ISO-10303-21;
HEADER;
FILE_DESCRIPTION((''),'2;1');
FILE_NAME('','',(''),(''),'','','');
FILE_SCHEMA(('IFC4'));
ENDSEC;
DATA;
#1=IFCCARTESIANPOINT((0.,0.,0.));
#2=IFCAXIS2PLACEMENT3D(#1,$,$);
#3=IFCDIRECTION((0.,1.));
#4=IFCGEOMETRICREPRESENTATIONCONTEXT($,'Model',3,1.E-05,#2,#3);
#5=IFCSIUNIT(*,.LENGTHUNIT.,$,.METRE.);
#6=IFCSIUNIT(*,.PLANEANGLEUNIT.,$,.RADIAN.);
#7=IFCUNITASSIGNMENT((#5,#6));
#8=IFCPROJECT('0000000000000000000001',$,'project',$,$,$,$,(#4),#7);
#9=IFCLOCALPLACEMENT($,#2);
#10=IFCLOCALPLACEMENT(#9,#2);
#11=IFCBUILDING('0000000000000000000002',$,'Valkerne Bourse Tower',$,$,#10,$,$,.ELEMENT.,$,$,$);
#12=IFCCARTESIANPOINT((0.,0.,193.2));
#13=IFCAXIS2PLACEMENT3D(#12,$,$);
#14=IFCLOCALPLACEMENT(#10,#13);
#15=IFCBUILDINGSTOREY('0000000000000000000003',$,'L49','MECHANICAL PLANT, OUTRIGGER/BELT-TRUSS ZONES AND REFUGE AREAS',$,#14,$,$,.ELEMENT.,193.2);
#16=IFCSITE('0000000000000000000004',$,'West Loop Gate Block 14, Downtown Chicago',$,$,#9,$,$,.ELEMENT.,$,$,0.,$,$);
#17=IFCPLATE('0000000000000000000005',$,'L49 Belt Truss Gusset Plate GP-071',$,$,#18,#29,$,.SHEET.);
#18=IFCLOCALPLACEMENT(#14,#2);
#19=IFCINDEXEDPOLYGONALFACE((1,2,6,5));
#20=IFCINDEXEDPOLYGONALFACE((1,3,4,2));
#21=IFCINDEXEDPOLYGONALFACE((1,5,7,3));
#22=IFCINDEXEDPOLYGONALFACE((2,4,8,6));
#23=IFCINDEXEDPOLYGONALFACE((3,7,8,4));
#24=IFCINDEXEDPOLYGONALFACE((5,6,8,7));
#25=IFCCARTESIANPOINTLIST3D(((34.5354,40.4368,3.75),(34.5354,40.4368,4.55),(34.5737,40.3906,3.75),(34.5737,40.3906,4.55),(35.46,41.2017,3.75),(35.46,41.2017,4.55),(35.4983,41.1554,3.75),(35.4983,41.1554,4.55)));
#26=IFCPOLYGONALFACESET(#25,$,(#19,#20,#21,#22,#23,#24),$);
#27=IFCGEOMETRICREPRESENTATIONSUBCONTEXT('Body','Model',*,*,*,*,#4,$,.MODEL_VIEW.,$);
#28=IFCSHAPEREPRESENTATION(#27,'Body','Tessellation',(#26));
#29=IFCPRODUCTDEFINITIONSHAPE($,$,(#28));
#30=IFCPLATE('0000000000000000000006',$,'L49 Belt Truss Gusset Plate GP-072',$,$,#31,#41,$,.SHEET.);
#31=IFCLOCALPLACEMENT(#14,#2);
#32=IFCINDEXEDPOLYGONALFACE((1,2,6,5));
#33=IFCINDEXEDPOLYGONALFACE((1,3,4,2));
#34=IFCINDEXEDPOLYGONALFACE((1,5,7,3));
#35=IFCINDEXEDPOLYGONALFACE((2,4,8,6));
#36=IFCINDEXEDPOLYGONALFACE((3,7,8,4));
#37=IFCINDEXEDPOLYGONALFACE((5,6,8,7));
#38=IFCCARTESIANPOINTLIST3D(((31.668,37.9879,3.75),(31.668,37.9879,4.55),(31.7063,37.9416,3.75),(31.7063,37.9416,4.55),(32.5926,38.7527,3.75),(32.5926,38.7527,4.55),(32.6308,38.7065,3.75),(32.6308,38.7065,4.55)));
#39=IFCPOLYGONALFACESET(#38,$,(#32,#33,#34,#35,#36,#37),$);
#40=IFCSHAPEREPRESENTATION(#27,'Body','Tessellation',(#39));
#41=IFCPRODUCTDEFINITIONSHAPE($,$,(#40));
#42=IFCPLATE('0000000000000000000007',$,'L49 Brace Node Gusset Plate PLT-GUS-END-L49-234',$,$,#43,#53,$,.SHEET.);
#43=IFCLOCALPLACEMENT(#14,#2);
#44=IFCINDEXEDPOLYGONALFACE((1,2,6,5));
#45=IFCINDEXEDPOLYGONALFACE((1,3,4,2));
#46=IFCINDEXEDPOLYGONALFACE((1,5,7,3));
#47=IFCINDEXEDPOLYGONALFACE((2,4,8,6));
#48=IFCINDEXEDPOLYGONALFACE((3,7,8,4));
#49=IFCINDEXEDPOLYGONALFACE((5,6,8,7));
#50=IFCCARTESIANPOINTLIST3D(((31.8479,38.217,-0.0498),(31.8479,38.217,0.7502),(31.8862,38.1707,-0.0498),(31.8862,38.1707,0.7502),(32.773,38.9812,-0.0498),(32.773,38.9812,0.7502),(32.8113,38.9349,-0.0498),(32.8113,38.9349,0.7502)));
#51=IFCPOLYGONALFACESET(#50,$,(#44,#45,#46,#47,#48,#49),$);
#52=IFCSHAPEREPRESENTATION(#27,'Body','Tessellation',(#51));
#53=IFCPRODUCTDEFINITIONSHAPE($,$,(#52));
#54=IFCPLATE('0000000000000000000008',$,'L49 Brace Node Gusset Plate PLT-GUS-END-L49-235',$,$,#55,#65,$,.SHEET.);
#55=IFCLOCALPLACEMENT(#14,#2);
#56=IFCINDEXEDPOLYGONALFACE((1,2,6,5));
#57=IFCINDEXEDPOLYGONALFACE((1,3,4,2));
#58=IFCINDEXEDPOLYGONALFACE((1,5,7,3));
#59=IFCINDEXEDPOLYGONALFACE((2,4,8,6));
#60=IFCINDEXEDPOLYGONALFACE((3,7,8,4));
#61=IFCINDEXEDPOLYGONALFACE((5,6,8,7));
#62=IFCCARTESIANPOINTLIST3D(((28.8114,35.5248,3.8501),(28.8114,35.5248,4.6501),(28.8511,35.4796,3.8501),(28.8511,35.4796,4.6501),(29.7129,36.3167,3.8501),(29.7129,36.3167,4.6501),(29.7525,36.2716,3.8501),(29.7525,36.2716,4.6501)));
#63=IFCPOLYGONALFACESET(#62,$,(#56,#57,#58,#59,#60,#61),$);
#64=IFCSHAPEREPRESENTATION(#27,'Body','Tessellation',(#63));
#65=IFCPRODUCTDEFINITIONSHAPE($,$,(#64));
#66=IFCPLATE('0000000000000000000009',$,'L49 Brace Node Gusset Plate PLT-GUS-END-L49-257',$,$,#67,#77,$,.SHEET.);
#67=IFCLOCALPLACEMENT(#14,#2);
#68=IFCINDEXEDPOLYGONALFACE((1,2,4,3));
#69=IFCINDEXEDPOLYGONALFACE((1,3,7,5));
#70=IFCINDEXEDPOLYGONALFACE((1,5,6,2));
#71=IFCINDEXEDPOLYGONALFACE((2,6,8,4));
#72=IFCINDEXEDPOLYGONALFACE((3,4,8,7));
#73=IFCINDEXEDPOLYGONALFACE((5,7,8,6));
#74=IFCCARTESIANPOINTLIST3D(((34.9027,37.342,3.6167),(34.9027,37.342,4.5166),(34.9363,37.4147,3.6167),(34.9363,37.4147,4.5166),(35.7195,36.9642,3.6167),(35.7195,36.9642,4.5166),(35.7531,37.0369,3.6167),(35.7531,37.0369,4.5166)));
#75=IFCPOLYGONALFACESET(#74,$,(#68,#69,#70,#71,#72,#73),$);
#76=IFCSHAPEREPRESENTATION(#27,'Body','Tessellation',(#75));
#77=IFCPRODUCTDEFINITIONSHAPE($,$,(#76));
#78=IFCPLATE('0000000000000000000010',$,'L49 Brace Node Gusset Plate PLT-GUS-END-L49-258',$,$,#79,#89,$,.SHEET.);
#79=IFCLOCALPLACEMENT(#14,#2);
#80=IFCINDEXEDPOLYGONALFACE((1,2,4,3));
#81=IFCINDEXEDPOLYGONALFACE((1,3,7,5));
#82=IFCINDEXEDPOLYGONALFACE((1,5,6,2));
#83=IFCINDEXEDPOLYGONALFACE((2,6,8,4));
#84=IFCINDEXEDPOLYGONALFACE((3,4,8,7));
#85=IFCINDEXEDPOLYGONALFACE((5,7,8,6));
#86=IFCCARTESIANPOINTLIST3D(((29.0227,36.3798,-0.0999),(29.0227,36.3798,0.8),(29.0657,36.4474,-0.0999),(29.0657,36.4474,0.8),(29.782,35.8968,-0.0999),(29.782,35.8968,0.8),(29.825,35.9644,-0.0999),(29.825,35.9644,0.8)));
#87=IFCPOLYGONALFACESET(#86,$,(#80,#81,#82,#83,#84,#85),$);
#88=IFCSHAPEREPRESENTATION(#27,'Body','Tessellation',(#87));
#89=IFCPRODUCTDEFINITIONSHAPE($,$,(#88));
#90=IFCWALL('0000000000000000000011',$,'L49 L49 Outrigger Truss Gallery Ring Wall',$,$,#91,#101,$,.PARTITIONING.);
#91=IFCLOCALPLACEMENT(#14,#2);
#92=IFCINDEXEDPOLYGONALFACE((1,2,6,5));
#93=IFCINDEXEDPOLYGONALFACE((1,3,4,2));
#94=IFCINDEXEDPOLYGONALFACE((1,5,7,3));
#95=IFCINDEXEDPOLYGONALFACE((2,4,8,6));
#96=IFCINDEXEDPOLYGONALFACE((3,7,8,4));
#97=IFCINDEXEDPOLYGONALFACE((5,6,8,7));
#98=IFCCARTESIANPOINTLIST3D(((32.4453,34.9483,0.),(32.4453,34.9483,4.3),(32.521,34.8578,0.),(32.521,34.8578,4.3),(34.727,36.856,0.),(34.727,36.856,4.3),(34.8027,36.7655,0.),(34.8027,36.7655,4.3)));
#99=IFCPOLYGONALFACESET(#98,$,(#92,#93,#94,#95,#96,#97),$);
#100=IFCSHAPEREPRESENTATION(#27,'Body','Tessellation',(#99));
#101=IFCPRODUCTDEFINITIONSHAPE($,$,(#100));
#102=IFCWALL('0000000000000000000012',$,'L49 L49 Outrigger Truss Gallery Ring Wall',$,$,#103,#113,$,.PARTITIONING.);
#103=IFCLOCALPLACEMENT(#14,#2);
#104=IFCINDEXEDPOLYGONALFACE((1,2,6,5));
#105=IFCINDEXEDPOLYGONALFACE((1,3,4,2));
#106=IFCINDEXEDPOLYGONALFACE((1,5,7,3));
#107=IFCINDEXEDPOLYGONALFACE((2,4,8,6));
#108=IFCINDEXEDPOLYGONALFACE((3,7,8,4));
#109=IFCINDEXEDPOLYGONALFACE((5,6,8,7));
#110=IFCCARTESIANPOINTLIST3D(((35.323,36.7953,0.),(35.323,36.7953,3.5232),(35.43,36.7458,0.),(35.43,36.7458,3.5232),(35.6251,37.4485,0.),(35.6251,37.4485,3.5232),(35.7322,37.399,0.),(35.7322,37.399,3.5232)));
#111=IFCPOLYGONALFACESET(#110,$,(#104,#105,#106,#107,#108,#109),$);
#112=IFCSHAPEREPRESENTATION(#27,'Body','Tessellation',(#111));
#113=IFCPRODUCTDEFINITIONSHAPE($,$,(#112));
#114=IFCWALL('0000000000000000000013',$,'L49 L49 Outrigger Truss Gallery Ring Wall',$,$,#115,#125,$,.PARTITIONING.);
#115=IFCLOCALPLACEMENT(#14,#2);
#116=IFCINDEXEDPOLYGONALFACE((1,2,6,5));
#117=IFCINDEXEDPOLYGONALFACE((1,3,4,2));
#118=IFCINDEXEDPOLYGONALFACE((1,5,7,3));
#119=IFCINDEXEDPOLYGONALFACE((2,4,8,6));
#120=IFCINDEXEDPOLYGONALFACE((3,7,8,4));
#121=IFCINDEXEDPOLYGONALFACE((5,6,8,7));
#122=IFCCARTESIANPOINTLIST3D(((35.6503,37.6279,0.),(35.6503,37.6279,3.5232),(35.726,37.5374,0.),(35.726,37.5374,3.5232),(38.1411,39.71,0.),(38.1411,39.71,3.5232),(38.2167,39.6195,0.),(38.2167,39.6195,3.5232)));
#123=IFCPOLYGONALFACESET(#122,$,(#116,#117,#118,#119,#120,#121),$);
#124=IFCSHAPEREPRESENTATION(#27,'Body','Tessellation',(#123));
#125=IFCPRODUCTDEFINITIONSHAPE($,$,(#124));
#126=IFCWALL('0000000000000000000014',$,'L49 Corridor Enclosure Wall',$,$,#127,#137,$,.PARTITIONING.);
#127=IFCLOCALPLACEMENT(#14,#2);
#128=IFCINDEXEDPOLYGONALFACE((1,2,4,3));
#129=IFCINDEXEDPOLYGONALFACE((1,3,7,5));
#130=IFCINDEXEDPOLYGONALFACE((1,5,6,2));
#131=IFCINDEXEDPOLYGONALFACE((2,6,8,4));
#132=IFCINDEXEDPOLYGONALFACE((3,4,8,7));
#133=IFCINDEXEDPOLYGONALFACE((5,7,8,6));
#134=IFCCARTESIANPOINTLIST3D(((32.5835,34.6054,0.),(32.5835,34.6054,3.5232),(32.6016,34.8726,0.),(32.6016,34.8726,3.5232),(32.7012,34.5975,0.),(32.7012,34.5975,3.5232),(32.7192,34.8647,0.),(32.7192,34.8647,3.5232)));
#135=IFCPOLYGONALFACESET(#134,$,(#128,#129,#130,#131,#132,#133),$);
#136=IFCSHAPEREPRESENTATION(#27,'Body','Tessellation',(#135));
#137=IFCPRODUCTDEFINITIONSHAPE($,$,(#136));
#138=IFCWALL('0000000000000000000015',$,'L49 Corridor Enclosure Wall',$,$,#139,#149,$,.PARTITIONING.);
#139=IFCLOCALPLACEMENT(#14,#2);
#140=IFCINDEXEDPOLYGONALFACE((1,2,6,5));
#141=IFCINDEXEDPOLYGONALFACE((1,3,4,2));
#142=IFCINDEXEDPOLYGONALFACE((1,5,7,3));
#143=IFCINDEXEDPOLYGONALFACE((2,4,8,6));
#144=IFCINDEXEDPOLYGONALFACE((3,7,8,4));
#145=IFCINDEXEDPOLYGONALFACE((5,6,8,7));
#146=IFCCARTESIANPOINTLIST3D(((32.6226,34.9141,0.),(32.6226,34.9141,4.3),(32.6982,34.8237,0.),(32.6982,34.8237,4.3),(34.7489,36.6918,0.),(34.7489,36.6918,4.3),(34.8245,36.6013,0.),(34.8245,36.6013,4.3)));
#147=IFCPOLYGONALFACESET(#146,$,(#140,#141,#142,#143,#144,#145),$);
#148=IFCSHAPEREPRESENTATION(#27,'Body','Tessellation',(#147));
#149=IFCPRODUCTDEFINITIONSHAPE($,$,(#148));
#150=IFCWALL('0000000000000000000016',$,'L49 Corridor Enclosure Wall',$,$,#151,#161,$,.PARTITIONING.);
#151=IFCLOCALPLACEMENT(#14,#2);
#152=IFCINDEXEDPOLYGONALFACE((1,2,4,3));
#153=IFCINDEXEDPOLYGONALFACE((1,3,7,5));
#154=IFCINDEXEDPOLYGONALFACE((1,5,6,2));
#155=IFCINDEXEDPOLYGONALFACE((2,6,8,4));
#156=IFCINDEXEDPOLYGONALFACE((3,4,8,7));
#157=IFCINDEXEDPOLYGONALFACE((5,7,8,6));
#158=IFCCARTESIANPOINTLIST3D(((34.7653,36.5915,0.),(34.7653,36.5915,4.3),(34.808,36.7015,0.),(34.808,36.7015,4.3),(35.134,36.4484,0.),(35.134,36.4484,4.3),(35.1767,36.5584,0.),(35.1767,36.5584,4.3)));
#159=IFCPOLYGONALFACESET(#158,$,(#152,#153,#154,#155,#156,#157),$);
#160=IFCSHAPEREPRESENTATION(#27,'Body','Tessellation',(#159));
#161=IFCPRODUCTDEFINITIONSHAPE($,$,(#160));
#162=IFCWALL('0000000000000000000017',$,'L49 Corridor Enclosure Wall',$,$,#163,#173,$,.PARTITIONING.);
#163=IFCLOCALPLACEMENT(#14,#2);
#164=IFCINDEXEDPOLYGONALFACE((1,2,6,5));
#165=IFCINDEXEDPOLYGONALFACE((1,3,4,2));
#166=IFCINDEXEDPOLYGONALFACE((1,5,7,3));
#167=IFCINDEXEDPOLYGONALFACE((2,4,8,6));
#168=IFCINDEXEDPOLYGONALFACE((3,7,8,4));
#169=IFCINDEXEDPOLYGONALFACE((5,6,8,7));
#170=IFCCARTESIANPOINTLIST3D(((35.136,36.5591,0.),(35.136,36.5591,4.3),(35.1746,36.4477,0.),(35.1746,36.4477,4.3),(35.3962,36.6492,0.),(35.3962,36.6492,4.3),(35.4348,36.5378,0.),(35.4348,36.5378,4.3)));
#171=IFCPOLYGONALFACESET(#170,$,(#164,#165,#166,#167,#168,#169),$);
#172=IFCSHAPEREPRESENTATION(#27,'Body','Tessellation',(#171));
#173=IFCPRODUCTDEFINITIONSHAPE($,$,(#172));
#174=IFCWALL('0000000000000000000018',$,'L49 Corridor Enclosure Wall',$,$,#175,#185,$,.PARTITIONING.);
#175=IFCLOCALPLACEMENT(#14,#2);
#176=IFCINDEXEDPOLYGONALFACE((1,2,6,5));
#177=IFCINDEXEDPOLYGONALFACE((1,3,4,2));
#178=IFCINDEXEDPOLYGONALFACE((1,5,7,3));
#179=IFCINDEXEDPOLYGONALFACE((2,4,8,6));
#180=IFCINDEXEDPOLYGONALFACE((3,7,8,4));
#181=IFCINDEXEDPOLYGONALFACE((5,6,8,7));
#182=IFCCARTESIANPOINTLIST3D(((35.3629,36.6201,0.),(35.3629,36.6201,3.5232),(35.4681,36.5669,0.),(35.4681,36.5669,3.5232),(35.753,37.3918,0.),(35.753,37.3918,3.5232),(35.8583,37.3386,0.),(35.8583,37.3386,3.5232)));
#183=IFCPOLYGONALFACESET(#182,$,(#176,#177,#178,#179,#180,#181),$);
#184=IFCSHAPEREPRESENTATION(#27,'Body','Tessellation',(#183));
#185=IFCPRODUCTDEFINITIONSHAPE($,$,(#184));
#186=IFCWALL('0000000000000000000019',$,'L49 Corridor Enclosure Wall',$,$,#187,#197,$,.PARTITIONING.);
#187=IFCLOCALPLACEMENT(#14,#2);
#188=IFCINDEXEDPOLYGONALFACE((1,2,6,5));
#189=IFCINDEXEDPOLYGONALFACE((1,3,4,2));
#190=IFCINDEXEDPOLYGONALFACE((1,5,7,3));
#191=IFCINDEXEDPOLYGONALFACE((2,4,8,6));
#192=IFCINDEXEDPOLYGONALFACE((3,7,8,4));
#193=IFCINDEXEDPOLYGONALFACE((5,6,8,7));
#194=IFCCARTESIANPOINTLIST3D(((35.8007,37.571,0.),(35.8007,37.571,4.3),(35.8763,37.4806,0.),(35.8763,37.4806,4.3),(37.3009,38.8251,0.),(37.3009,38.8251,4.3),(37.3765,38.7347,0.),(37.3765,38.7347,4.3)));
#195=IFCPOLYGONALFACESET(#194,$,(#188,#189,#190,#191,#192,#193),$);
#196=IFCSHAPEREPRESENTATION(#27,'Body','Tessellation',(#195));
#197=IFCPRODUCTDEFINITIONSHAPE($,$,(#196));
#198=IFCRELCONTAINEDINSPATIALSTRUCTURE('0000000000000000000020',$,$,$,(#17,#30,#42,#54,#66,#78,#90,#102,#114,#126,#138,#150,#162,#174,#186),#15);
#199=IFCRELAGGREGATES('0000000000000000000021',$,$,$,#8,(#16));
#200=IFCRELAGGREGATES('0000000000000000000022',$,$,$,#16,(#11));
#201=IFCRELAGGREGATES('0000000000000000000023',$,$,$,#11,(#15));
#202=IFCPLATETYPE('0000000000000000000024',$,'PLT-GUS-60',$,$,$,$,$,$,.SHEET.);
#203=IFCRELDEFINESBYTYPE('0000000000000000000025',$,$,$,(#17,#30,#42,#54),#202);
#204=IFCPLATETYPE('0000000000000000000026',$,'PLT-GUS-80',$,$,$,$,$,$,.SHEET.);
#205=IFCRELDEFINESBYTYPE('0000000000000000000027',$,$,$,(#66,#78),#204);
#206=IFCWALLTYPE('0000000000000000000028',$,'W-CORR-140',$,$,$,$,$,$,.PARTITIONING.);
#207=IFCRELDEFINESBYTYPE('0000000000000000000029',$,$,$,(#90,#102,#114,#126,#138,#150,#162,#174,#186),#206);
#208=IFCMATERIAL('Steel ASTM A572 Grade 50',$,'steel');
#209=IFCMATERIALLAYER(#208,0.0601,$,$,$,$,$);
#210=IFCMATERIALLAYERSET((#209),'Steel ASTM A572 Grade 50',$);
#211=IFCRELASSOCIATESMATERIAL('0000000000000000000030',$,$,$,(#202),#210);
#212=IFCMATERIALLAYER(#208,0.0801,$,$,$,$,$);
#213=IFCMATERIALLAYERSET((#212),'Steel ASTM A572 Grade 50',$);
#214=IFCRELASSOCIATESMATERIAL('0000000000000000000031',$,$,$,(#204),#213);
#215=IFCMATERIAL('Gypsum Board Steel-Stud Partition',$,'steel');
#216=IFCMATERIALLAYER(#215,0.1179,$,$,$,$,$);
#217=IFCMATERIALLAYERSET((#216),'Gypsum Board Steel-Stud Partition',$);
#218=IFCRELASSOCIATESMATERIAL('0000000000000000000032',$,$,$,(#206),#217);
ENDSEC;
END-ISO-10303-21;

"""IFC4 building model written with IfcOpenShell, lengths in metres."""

from ifc_helpers import new_model, si_unit, direction, frame, frame_2d, origin, origin_2d, place, context, subcontext, project, spatial, rectangle, extrude, material, layer, layer_set, type_object, element, save


model = new_model("IFC4")

# Units and contexts
model_context = context("Model", 3, precision=1e-05, world=origin(), true_north=direction((0.0, 1.0)))
body_context = subcontext(model_context, "Body", "Model", "MODEL_VIEW")
ifc_project = project(units=[si_unit("LENGTHUNIT", "METRE"), si_unit("PLANEANGLEUNIT", "RADIAN")], contexts=[model_context])

# Site, building, storey
site_placement = place(None, origin())
site = spatial("IfcSite", under=ifc_project, at=site_placement, Name="West Loop Gate Block 14, Downtown Chicago", CompositionType="ELEMENT", RefElevation=0.0)
building_placement = place(site_placement, origin())
building = spatial("IfcBuilding", under=site, at=building_placement, Name="Valkerne Bourse Tower", CompositionType="ELEMENT")
storey_placement = place(building_placement, frame((0.0, 0.0, 193.2)))
storey = spatial("IfcBuildingStorey", under=building, at=storey_placement, Name="L49", Description="MECHANICAL PLANT, OUTRIGGER/BELT-TRUSS ZONES AND REFUGE AREAS", CompositionType="ELEMENT", Elevation=193.2)

# Plates
ifc_material_1 = material(Name="Steel ASTM A572 Grade 50", Category="steel")
ifc_layer_1 = layer(ifc_material_1, 0.0601)
ifc_layer_set_1 = layer_set([ifc_layer_1], Name="Steel ASTM A572 Grade 50")
plate_type_1 = type_object("IfcPlateType", Name="PLT-GUS-60", PredefinedType="SHEET", material=ifc_layer_set_1)
for number, where, z_axis, x_axis, name in (
    (1, (35.0168, 40.7961, 3.75), (0.0, 0.0, 1.0), (-0.770513, -0.637424, 0.0), "L49 Belt Truss Gusset Plate GP-071"),
    (2, (32.1494, 38.3472, 3.75), (0.0, 0.0, 1.0), (-0.770513, -0.637424, 0.0), "L49 Belt Truss Gusset Plate GP-072"),
    (3, (32.3296, 38.5759, -0.0498), (0.0, 0.0, 1.0), (0.770958, 0.636886, 0.0), "L49 Brace Node Gusset Plate PLT-GUS-END-L49-234"),
    (4, (29.282, 35.8982, 3.8501), (0.0, 0.0, 1.0), (-0.751264, -0.660002, 0.0), "L49 Brace Node Gusset Plate PLT-GUS-END-L49-235"),
):
    element("IfcPlate", number, at=place(storey_placement, frame(where, z_axis=z_axis, x_axis=x_axis)), inside=storey, type_object=plate_type_1, Name=name, PredefinedType="SHEET", context=body_context, shape_type="SweptSolid", body=[
        extrude(rectangle(XDim=1.2, YDim=0.0601, at=origin_2d()), origin(), (0.0, 0.0, 1.0), 0.8),
    ])
ifc_layer_2 = layer(ifc_material_1, 0.0801)
ifc_layer_set_2 = layer_set([ifc_layer_2], Name="Steel ASTM A572 Grade 50")
plate_type_2 = type_object("IfcPlateType", Name="PLT-GUS-80", PredefinedType="SHEET", material=ifc_layer_set_2)
for number, where, z_axis, x_axis, name in (
    (5, (35.3279, 37.1895, 3.6167), (0.0, 0.0, 1.0), (0.907631, -0.419769, 0.0), "L49 Brace Node Gusset Plate PLT-GUS-END-L49-257"),
    (6, (29.4238, 36.1721, -0.0999), (0.0, 0.0, 1.0), (0.843766, -0.536711, 0.0), "L49 Brace Node Gusset Plate PLT-GUS-END-L49-258"),
):
    element("IfcPlate", number, at=place(storey_placement, frame(where, z_axis=z_axis, x_axis=x_axis)), inside=storey, type_object=plate_type_2, Name=name, PredefinedType="SHEET", context=body_context, shape_type="SweptSolid", body=[
        extrude(rectangle(XDim=0.8999, YDim=0.0801, at=origin_2d()), origin(), (0.0, 0.0, 1.0), 0.8999),
    ])

# Walls
ifc_material_2 = material(Name="Gypsum Board Steel-Stud Partition", Category="steel")
ifc_layer_3 = layer(ifc_material_2, 0.1179)
ifc_layer_set_3 = layer_set([ifc_layer_3], Name="Gypsum Board Steel-Stud Partition")
wall_type_1 = type_object("IfcWallType", Name="W-CORR-140", PredefinedType="PARTITIONING", material=ifc_layer_set_3)
wall_1_placement = place(storey_placement, frame((32.4832, 34.9031, 0.0), z_axis=(0.0, 0.0, 1.0), x_axis=(0.767184, 0.641427, 0.0)))
element("IfcWall", 7, at=wall_1_placement, inside=storey, type_object=wall_type_1, Name="L49 L49 Outrigger Truss Gallery Ring Wall", PredefinedType="PARTITIONING", context=body_context, shape_type="SweptSolid", body=[
    extrude(rectangle(XDim=2.9741, YDim=0.1179, at=frame_2d((1.4871, 0.0))), origin(), (0.0, 0.0, 1.0), 4.3),
])
wall_2_placement = place(storey_placement, frame((35.3765, 36.7705, 0.0), z_axis=(0.0, 0.0, 1.0), x_axis=(0.419875, 0.907582, 0.0)))
element("IfcWall", 8, at=wall_2_placement, inside=storey, type_object=wall_type_1, Name="L49 L49 Outrigger Truss Gallery Ring Wall", PredefinedType="PARTITIONING", context=body_context, shape_type="SweptSolid", body=[
    extrude(rectangle(XDim=0.7197, YDim=0.1179, at=frame_2d((0.3599, 0.0))), origin(), (0.0, 0.0, 1.0), 3.5232),
])
wall_3_placement = place(storey_placement, frame((35.6882, 37.5828, 0.0), z_axis=(0.0, 0.0, 1.0), x_axis=(0.767246, 0.641352, 0.0)))
element("IfcWall", 9, at=wall_3_placement, inside=storey, type_object=wall_type_1, Name="L49 L49 Outrigger Truss Gallery Ring Wall", PredefinedType="PARTITIONING", context=body_context, shape_type="SweptSolid", body=[
    extrude(rectangle(XDim=3.2463, YDim=0.1179, at=frame_2d((1.623, 0.0))), origin(), (0.0, 0.0, 1.0), 3.5232),
])
wall_4_placement = place(storey_placement, frame((32.6423, 34.6016, 0.0), z_axis=(0.0, 0.0, 1.0), x_axis=(0.067426, 0.997724, 0.0)))
element("IfcWall", 10, at=wall_4_placement, inside=storey, type_object=wall_type_1, Name="L49 Corridor Enclosure Wall", PredefinedType="PARTITIONING", context=body_context, shape_type="SweptSolid", body=[
    extrude(rectangle(XDim=0.2678, YDim=0.1179, at=frame_2d((0.1338, 0.0))), origin(), (0.0, 0.0, 1.0), 3.5232),
])
wall_5_placement = place(storey_placement, frame((32.6604, 34.8689, 0.0), z_axis=(0.0, 0.0, 1.0), x_axis=(0.767202, 0.641405, 0.0)))
element("IfcWall", 11, at=wall_5_placement, inside=storey, type_object=wall_type_1, Name="L49 Corridor Enclosure Wall", PredefinedType="PARTITIONING", context=body_context, shape_type="SweptSolid", body=[
    extrude(rectangle(XDim=2.7715, YDim=0.1179, at=frame_2d((1.3857, 0.0))), origin(), (0.0, 0.0, 1.0), 4.3),
])
wall_6_placement = place(storey_placement, frame((34.7866, 36.6465, 0.0), z_axis=(0.0, 0.0, 1.0), x_axis=(0.932259, -0.361791, 0.0)))
element("IfcWall", 12, at=wall_6_placement, inside=storey, type_object=wall_type_1, Name="L49 Corridor Enclosure Wall", PredefinedType="PARTITIONING", context=body_context, shape_type="SweptSolid", body=[
    extrude(rectangle(XDim=0.3955, YDim=0.1179, at=frame_2d((0.1978, 0.0))), origin(), (0.0, 0.0, 1.0), 4.3),
])
wall_7_placement = place(storey_placement, frame((35.1553, 36.5034, 0.0), z_axis=(0.0, 0.0, 1.0), x_axis=(0.944986, 0.327111, 0.0)))
element("IfcWall", 13, at=wall_7_placement, inside=storey, type_object=wall_type_1, Name="L49 Corridor Enclosure Wall", PredefinedType="PARTITIONING", context=body_context, shape_type="SweptSolid", body=[
    extrude(rectangle(XDim=0.2754, YDim=0.1179, at=frame_2d((0.1377, 0.0))), origin(), (0.0, 0.0, 1.0), 4.3),
])
wall_8_placement = place(storey_placement, frame((35.4155, 36.5935, 0.0), z_axis=(0.0, 0.0, 1.0), x_axis=(0.451162, 0.892442, 0.0)))
element("IfcWall", 14, at=wall_8_placement, inside=storey, type_object=wall_type_1, Name="L49 Corridor Enclosure Wall", PredefinedType="PARTITIONING", context=body_context, shape_type="SweptSolid", body=[
    extrude(rectangle(XDim=0.8647, YDim=0.1179, at=frame_2d((0.4324, 0.0))), origin(), (0.0, 0.0, 1.0), 3.5232),
])
wall_9_placement = place(storey_placement, frame((35.8386, 37.5259, 0.0), z_axis=(0.0, 0.0, 1.0), x_axis=(0.767228, 0.641375, 0.0)))
element("IfcWall", 15, at=wall_9_placement, inside=storey, type_object=wall_type_1, Name="L49 Corridor Enclosure Wall", PredefinedType="PARTITIONING", context=body_context, shape_type="SweptSolid", body=[
    extrude(rectangle(XDim=1.9553, YDim=0.1179, at=frame_2d((0.9775, 0.0))), origin(), (0.0, 0.0, 1.0), 4.3),
])

save(model, "model.ifc")
